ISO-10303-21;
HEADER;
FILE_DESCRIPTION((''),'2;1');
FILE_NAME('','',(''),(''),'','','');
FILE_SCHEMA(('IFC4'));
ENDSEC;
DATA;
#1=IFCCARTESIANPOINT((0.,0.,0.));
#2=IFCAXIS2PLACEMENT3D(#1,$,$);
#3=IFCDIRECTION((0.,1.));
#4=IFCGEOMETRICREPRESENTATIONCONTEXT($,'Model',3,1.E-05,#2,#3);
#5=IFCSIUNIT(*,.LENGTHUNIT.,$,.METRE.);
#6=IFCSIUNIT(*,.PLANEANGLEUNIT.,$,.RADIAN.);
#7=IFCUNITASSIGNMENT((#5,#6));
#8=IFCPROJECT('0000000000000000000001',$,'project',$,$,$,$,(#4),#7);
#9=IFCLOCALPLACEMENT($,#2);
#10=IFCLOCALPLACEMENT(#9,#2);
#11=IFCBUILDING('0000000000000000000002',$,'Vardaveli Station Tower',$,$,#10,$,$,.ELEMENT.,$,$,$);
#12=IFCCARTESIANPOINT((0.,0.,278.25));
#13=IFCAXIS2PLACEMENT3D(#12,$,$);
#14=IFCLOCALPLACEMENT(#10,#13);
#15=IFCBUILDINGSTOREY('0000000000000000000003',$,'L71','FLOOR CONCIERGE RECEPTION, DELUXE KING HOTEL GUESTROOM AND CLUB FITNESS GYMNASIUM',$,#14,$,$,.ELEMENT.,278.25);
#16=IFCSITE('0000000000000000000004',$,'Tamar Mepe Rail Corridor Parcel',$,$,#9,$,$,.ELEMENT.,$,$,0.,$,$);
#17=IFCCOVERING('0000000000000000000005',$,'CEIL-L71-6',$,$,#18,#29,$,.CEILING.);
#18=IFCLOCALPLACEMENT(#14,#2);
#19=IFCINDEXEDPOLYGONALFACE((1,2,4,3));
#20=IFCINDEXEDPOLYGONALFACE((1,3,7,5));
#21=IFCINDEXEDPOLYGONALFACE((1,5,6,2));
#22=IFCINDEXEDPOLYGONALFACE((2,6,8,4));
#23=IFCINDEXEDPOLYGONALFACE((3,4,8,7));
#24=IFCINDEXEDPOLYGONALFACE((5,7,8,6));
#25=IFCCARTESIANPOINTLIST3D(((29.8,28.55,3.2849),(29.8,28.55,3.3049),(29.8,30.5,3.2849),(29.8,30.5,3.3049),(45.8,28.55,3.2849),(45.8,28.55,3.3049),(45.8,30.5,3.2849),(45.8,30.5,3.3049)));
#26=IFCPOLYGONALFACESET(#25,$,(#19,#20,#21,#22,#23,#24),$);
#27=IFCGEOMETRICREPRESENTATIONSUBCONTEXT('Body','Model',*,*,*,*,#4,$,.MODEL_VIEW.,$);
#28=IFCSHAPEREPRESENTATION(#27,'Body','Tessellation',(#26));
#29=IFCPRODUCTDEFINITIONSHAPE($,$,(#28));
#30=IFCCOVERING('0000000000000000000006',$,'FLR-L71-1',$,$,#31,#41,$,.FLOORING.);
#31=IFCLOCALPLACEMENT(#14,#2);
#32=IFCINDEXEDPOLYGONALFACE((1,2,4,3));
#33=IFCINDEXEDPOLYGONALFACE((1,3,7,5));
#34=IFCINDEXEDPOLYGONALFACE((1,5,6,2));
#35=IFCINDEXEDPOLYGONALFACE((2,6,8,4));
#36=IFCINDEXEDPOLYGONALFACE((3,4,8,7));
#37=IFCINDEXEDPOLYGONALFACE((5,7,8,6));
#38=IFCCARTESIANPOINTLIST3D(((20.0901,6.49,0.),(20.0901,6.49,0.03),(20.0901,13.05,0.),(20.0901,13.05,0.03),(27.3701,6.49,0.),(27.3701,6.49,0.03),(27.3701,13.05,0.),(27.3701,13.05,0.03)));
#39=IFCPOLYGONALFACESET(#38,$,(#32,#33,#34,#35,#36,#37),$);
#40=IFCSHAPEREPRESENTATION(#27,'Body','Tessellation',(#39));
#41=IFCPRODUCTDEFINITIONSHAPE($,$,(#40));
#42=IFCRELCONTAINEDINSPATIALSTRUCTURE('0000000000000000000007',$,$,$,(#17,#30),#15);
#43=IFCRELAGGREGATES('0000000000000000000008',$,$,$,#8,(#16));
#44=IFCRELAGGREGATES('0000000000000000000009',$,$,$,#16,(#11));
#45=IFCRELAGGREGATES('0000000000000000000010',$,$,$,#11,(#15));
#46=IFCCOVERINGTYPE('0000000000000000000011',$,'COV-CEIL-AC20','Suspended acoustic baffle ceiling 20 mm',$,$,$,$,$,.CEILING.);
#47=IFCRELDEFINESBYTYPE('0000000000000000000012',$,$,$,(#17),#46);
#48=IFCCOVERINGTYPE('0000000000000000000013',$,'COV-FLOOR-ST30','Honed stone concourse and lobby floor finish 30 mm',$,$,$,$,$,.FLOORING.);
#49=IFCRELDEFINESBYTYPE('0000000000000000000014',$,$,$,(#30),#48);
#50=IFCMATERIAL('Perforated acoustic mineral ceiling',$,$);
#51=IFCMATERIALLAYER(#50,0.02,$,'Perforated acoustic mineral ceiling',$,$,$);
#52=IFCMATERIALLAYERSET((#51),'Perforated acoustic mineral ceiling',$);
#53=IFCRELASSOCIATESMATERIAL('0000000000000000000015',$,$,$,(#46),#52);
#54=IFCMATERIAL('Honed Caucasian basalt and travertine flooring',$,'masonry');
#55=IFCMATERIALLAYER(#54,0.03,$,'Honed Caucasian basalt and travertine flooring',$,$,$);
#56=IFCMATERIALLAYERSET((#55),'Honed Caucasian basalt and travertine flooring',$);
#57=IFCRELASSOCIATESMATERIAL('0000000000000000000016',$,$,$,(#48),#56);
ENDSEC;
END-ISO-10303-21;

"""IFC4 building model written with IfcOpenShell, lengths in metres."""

from ifc_helpers import new_model, si_unit, direction, frame, origin, place, context, subcontext, project, spatial, polyline, outline, extrude, material, layer, layer_set, type_object, element, save


model = new_model("IFC4")

# Units and contexts
model_context = context("Model", 3, precision=1e-05, world=origin(), true_north=direction((0.0, 1.0)))
body_context = subcontext(model_context, "Body", "Model", "MODEL_VIEW")
ifc_project = project(units=[si_unit("LENGTHUNIT", "METRE"), si_unit("PLANEANGLEUNIT", "RADIAN")], contexts=[model_context])

# Site, building, storey
site_placement = place(None, origin())
site = spatial("IfcSite", under=ifc_project, at=site_placement, Name="Tamar Mepe Rail Corridor Parcel", CompositionType="ELEMENT", RefElevation=0.0)
building_placement = place(site_placement, origin())
building = spatial("IfcBuilding", under=site, at=building_placement, Name="Vardaveli Station Tower", CompositionType="ELEMENT")
storey_placement = place(building_placement, frame((0.0, 0.0, 278.25)))
storey = spatial("IfcBuildingStorey", under=building, at=storey_placement, Name="L71", Description="FLOOR CONCIERGE RECEPTION, DELUXE KING HOTEL GUESTROOM AND CLUB FITNESS GYMNASIUM", CompositionType="ELEMENT", Elevation=278.25)

# Coverings
ifc_material_1 = material(Name="Perforated acoustic mineral ceiling")
ifc_layer_1 = layer(ifc_material_1, 0.02, Name="Perforated acoustic mineral ceiling")
ifc_layer_set_1 = layer_set([ifc_layer_1], Name="Perforated acoustic mineral ceiling")
covering_type_1 = type_object("IfcCoveringType", Name="COV-CEIL-AC20", Description="Suspended acoustic baffle ceiling 20 mm", PredefinedType="CEILING", material=ifc_layer_set_1)
covering_1_placement = place(storey_placement, frame((0.0, 0.0, 3.2849)))
element("IfcCovering", 1, at=covering_1_placement, inside=storey, type_object=covering_type_1, Name="CEIL-L71-6", PredefinedType="CEILING", context=body_context, shape_type="SweptSolid", body=[
    extrude(outline(polyline([(29.8, 28.55), (45.8, 28.55), (45.8, 30.5), (29.8, 30.5), (29.8, 28.55)])), origin(), (0.0, 0.0, 1.0), 0.02),
])
ifc_material_2 = material(Name="Honed Caucasian basalt and travertine flooring", Category="masonry")
ifc_layer_2 = layer(ifc_material_2, 0.03, Name="Honed Caucasian basalt and travertine flooring")
ifc_layer_set_2 = layer_set([ifc_layer_2], Name="Honed Caucasian basalt and travertine flooring")
covering_type_2 = type_object("IfcCoveringType", Name="COV-FLOOR-ST30", Description="Honed stone concourse and lobby floor finish 30 mm", PredefinedType="FLOORING", material=ifc_layer_set_2)
covering_2_placement = place(storey_placement, origin())
element("IfcCovering", 2, at=covering_2_placement, inside=storey, type_object=covering_type_2, Name="FLR-L71-1", PredefinedType="FLOORING", context=body_context, shape_type="SweptSolid", body=[
    extrude(outline(polyline([(20.0901, 6.49), (27.3701, 6.49), (27.3701, 13.05), (20.0901, 13.05), (20.0901, 6.49)])), origin(), (0.0, 0.0, 1.0), 0.03),
])

save(model, "model.ifc")
